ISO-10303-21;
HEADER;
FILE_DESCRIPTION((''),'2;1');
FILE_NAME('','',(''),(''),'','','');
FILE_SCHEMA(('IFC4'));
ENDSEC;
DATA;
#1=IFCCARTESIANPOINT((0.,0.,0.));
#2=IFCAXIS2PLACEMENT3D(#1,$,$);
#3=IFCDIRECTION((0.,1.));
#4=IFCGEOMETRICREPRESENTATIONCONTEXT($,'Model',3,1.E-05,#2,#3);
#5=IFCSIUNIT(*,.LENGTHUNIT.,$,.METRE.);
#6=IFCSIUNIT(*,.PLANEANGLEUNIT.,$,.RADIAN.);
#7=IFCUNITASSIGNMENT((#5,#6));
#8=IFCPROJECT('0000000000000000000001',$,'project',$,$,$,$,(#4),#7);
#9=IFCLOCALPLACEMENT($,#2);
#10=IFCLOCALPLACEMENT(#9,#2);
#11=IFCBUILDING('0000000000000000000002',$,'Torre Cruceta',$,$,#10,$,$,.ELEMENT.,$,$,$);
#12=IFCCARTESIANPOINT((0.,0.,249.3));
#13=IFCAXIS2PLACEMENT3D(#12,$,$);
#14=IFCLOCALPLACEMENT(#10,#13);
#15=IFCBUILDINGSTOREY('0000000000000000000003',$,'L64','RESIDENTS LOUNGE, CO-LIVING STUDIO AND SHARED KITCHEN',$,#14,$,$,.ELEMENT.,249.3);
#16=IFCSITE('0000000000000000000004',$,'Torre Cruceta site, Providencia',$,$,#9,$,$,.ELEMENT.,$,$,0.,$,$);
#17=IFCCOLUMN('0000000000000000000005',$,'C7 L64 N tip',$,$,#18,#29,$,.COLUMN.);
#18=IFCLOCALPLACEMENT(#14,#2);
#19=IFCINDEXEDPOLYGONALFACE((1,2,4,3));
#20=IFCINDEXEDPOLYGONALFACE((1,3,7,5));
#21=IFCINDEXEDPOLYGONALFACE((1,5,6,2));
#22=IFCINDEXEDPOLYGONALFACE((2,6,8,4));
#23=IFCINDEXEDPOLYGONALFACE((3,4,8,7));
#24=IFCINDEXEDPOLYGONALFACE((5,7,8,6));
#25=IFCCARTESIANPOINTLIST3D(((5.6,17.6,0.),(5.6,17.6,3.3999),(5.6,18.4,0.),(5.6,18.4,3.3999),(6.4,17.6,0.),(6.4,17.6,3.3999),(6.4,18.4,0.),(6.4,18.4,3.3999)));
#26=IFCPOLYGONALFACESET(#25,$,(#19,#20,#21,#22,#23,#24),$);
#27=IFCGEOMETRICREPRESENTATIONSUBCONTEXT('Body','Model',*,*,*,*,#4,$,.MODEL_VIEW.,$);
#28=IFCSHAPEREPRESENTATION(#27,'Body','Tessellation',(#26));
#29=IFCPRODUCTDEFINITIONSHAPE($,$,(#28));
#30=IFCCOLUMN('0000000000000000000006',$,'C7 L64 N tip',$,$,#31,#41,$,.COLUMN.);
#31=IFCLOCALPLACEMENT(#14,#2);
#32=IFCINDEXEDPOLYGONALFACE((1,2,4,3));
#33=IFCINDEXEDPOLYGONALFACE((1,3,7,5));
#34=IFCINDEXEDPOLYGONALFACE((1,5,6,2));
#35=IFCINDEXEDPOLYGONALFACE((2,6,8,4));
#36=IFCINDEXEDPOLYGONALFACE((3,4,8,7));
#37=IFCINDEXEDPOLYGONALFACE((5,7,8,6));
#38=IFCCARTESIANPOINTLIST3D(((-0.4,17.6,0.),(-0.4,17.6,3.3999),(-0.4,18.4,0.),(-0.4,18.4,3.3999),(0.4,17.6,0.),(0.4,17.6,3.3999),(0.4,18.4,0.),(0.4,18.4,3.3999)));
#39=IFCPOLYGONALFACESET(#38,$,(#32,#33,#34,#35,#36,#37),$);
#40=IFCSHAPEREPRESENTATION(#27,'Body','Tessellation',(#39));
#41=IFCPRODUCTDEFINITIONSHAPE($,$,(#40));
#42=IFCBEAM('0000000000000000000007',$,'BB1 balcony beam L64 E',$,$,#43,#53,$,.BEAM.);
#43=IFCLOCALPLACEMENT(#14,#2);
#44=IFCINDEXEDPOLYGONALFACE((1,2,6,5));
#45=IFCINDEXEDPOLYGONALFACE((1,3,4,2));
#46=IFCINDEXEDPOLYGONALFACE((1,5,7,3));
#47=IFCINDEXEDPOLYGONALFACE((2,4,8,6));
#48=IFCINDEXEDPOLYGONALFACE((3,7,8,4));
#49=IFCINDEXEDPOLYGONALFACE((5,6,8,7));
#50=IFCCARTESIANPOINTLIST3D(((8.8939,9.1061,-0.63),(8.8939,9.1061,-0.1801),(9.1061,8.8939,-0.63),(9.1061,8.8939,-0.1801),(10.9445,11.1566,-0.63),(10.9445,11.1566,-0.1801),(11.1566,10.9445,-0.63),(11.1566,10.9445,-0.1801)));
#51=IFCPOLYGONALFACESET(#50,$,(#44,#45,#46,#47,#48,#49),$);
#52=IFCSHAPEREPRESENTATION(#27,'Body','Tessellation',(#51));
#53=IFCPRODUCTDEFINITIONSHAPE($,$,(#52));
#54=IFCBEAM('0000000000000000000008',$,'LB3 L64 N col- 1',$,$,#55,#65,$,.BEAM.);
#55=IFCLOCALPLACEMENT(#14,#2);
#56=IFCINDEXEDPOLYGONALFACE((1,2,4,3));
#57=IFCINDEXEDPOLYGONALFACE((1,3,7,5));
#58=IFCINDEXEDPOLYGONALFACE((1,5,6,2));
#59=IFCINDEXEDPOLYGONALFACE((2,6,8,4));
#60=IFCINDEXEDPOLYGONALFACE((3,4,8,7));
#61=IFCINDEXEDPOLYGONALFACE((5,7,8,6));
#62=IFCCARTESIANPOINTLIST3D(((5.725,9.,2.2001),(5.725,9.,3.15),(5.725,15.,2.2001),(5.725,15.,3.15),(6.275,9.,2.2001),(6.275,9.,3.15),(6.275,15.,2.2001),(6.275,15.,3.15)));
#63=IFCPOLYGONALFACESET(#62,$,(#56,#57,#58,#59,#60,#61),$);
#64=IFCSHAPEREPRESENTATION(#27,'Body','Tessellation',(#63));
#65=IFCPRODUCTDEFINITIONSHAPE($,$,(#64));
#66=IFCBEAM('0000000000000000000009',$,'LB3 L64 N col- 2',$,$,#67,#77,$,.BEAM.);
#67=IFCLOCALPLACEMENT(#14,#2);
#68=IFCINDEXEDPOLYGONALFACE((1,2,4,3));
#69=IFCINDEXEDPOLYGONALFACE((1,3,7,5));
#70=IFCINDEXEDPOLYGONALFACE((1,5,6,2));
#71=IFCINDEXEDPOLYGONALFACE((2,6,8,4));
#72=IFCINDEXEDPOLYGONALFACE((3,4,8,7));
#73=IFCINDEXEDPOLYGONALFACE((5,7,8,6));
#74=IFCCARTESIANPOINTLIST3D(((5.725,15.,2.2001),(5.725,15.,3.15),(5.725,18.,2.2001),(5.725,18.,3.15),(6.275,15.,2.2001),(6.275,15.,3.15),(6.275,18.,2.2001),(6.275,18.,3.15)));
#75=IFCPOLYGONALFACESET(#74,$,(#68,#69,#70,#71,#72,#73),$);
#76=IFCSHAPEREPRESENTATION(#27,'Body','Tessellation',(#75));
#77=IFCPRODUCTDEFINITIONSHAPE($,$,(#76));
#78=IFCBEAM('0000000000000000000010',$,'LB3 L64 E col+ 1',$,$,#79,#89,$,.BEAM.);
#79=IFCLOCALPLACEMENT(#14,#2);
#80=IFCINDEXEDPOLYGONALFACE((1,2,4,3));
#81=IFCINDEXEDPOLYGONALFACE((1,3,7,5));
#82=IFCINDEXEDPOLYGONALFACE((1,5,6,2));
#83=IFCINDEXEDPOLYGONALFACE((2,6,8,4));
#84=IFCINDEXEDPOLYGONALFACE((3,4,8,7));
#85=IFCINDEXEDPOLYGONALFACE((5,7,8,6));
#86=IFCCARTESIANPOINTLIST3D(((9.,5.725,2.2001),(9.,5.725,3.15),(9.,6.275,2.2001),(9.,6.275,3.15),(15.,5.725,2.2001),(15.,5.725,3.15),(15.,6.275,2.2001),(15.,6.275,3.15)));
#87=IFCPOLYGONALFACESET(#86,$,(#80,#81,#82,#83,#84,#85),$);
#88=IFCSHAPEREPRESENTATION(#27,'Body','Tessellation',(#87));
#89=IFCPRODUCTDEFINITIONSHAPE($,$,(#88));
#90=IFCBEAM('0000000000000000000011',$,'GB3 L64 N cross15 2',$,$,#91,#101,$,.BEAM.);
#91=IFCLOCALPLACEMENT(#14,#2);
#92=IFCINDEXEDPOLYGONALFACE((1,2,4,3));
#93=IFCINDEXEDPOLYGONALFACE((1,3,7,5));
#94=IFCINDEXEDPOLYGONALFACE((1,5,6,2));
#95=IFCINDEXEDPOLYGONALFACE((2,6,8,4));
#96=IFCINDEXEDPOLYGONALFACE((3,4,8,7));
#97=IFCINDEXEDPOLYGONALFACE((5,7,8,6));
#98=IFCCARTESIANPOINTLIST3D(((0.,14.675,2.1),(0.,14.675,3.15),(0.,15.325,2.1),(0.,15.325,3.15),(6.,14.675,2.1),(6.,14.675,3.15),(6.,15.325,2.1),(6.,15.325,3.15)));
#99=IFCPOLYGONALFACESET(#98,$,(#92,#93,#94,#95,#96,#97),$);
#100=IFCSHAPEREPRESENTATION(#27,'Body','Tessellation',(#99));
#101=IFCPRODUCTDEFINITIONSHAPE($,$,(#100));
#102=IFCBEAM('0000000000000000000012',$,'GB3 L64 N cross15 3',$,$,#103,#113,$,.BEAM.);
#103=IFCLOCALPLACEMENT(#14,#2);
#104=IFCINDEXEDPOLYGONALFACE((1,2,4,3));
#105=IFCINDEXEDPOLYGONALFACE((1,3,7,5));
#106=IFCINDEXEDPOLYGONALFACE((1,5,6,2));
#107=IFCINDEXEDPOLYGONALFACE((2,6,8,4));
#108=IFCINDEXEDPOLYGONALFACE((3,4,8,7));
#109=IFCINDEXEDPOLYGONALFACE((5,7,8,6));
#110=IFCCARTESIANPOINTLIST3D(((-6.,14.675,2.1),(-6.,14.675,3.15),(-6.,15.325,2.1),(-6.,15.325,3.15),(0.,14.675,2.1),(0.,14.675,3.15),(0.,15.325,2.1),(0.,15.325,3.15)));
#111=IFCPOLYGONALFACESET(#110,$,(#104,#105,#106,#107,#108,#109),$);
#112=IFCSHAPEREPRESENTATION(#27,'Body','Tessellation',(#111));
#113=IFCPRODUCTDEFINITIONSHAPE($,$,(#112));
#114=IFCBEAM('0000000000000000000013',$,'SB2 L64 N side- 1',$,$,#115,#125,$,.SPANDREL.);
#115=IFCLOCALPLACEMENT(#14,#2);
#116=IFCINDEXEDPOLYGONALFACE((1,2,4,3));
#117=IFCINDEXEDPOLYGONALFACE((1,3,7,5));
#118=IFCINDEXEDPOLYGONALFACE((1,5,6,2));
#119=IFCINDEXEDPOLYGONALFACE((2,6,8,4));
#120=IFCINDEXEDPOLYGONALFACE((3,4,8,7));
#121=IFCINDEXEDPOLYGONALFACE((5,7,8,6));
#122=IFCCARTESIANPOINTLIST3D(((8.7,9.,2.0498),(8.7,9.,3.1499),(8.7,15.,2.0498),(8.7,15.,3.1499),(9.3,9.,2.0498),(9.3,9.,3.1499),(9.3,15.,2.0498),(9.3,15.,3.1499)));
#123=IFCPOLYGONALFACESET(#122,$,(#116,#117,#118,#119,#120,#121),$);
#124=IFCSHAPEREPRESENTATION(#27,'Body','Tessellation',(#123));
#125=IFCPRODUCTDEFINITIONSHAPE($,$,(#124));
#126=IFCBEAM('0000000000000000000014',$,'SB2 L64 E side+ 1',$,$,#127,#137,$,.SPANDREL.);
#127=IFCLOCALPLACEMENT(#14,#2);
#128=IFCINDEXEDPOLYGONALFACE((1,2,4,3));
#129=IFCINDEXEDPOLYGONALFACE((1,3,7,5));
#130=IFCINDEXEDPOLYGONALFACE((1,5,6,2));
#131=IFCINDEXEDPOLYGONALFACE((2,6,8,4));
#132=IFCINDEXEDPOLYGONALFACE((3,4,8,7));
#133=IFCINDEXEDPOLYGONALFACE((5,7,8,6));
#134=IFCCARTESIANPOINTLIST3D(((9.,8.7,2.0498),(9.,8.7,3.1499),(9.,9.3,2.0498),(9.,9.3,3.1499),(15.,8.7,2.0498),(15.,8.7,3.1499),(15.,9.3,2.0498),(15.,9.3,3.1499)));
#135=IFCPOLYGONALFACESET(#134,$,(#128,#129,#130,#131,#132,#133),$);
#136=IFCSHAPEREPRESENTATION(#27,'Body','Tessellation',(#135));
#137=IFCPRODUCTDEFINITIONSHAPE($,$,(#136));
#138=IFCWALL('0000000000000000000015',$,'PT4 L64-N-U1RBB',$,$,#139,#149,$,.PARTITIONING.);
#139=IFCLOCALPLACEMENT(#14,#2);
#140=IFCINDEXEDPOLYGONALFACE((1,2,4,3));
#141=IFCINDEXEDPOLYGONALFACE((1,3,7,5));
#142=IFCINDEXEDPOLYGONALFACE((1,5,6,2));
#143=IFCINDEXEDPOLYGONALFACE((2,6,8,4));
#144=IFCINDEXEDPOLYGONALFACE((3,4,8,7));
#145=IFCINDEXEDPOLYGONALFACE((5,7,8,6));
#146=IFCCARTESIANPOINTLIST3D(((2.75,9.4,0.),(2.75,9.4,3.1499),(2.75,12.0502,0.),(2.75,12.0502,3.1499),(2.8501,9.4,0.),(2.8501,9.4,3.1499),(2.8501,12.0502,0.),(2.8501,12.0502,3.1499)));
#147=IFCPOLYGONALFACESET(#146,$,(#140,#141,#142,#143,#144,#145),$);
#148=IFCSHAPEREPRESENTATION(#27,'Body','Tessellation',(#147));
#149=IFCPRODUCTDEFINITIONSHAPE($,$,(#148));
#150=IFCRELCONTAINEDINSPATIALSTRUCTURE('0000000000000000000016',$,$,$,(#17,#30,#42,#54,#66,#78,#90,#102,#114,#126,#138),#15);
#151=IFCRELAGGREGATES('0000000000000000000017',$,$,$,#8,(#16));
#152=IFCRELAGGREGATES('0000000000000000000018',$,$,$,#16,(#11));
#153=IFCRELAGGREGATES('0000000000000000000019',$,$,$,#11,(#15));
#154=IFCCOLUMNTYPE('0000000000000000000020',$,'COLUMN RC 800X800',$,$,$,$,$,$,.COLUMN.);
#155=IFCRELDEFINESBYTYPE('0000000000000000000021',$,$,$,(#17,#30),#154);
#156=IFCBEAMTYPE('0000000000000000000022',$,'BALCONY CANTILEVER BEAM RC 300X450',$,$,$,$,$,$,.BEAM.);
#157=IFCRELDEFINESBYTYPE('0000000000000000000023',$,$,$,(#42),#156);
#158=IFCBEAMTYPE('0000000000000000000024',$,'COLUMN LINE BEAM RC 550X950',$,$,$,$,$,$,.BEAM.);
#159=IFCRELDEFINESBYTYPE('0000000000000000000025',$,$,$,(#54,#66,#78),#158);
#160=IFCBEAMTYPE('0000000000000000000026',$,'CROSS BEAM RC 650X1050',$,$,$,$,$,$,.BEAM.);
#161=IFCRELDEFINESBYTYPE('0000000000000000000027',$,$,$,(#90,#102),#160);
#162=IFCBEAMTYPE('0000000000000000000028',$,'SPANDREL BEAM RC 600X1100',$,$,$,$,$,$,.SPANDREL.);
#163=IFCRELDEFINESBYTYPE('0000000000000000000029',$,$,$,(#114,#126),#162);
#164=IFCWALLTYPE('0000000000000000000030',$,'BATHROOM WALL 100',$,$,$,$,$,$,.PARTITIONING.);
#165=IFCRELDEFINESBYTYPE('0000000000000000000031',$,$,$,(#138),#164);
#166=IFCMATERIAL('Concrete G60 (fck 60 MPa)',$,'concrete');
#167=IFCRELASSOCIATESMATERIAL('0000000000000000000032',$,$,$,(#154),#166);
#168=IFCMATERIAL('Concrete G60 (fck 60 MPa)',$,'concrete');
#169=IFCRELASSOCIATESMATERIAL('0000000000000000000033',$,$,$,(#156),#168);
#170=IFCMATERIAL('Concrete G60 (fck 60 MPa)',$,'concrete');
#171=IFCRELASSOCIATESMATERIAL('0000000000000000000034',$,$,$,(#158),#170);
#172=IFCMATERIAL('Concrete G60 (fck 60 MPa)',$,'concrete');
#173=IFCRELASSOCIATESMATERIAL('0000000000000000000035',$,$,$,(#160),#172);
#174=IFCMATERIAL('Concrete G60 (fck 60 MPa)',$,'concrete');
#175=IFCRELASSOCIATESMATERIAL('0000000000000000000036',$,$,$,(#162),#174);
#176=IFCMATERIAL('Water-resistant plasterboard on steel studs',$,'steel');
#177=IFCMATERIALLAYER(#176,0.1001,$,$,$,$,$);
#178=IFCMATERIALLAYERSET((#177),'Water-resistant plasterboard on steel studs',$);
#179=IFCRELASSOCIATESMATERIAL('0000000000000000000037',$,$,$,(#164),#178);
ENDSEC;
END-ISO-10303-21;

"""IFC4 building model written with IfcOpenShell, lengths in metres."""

from ifc_helpers import new_model, si_unit, direction, frame, frame_2d, origin, origin_2d, place, context, subcontext, project, spatial, rectangle, extrude, material, layer, layer_set, material_profile, profile_set, type_object, element, save


model = new_model("IFC4")

# Units and contexts
model_context = context("Model", 3, precision=1e-05, world=origin(), true_north=direction((0.0, 1.0)))
body_context = subcontext(model_context, "Body", "Model", "MODEL_VIEW")
ifc_project = project(units=[si_unit("LENGTHUNIT", "METRE"), si_unit("PLANEANGLEUNIT", "RADIAN")], contexts=[model_context])

# Site, building, storey
site_placement = place(None, origin())
site = spatial("IfcSite", under=ifc_project, at=site_placement, Name="Torre Cruceta site, Providencia", CompositionType="ELEMENT", RefElevation=0.0)
building_placement = place(site_placement, origin())
building = spatial("IfcBuilding", under=site, at=building_placement, Name="Torre Cruceta", CompositionType="ELEMENT")
storey_placement = place(building_placement, frame((0.0, 0.0, 249.3)))
storey = spatial("IfcBuildingStorey", under=building, at=storey_placement, Name="L64", Description="RESIDENTS LOUNGE, CO-LIVING STUDIO AND SHARED KITCHEN", CompositionType="ELEMENT", Elevation=249.3)

# Columns
ifc_material_1 = material(Name="Concrete G60 (fck 60 MPa)", Category="concrete")
ifc_material_profile_1 = material_profile(ifc_material_1, rectangle(XDim=0.8, YDim=0.8, at=origin_2d()), Name="RC 800X800")
ifc_profile_set_1 = profile_set([ifc_material_profile_1], Name="Concrete G60 (fck 60 MPa)")
column_type = type_object("IfcColumnType", Name="COLUMN RC 800X800", PredefinedType="COLUMN", material=ifc_profile_set_1)
for number, where, z_axis, x_axis, name in (
    (1, (6.0, 18.0, 0.0), (0.0, 0.0, 1.0), (1.0, 0.0, 0.0), "C7 L64 N tip"),
    (2, (0.0, 18.0, 0.0), (0.0, 0.0, 1.0), (1.0, 0.0, 0.0), "C7 L64 N tip"),
):
    element("IfcColumn", number, at=place(storey_placement, frame(where, z_axis=z_axis, x_axis=x_axis)), inside=storey, type_object=column_type, Name=name, PredefinedType="COLUMN", context=body_context, shape_type="SweptSolid", body=[
        extrude(rectangle(XDim=0.8, YDim=0.8, at=origin_2d()), origin(), (0.0, 0.0, 1.0), 3.3999),
    ])

# Beams
ifc_material_2 = material(Name="Concrete G60 (fck 60 MPa)", Category="concrete")
ifc_material_profile_2 = material_profile(ifc_material_2, rectangle(XDim=0.3, YDim=0.45, at=origin_2d()), Name="RC 300X450")
ifc_profile_set_2 = profile_set([ifc_material_profile_2], Name="Concrete G60 (fck 60 MPa)")
beam_type_1 = type_object("IfcBeamType", Name="BALCONY CANTILEVER BEAM RC 300X450", PredefinedType="BEAM", material=ifc_profile_set_2)
beam_1_placement = place(storey_placement, frame((9.0, 9.0, -0.405), z_axis=(0.707107, 0.707107, 0.0), x_axis=(-0.707107, 0.707107, 0.0)))
element("IfcBeam", 3, at=beam_1_placement, inside=storey, type_object=beam_type_1, Name="BB1 balcony beam L64 E", PredefinedType="BEAM", context=body_context, shape_type="SweptSolid", body=[
    extrude(rectangle(XDim=0.3, YDim=0.45, at=origin_2d()), origin(), (0.0, 0.0, 1.0), 2.8999),
])
ifc_material_3 = material(Name="Concrete G60 (fck 60 MPa)", Category="concrete")
ifc_material_profile_3 = material_profile(ifc_material_3, rectangle(XDim=0.55, YDim=0.95, at=origin_2d()), Name="RC 550X950")
ifc_profile_set_3 = profile_set([ifc_material_profile_3], Name="Concrete G60 (fck 60 MPa)")
beam_type_2 = type_object("IfcBeamType", Name="COLUMN LINE BEAM RC 550X950", PredefinedType="BEAM", material=ifc_profile_set_3)
beam_2_placement = place(storey_placement, frame((6.0, 9.0, 2.675), z_axis=(0.0, 1.0, 0.0), x_axis=(-1.0, 0.0, 0.0)))
element("IfcBeam", 4, at=beam_2_placement, inside=storey, type_object=beam_type_2, Name="LB3 L64 N col- 1", PredefinedType="BEAM", context=body_context, shape_type="SweptSolid", body=[
    extrude(rectangle(XDim=0.55, YDim=0.95, at=origin_2d()), origin(), (0.0, 0.0, 1.0), 6.0),
])
beam_3_placement = place(storey_placement, frame((6.0, 15.0, 2.675), z_axis=(0.0, 1.0, 0.0), x_axis=(-1.0, 0.0, 0.0)))
element("IfcBeam", 5, at=beam_3_placement, inside=storey, type_object=beam_type_2, Name="LB3 L64 N col- 2", PredefinedType="BEAM", context=body_context, shape_type="SweptSolid", body=[
    extrude(rectangle(XDim=0.55, YDim=0.95, at=origin_2d()), origin(), (0.0, 0.0, 1.0), 3.0),
])
beam_4_placement = place(storey_placement, frame((9.0, 6.0, 2.675), z_axis=(1.0, 0.0, 0.0), x_axis=(0.0, 1.0, 0.0)))
element("IfcBeam", 6, at=beam_4_placement, inside=storey, type_object=beam_type_2, Name="LB3 L64 E col+ 1", PredefinedType="BEAM", context=body_context, shape_type="SweptSolid", body=[
    extrude(rectangle(XDim=0.55, YDim=0.95, at=origin_2d()), origin(), (0.0, 0.0, 1.0), 6.0),
])
ifc_material_4 = material(Name="Concrete G60 (fck 60 MPa)", Category="concrete")
ifc_material_profile_4 = material_profile(ifc_material_4, rectangle(XDim=0.6499, YDim=1.05, at=origin_2d()), Name="RC 650X1050")
ifc_profile_set_4 = profile_set([ifc_material_profile_4], Name="Concrete G60 (fck 60 MPa)")
beam_type_3 = type_object("IfcBeamType", Name="CROSS BEAM RC 650X1050", PredefinedType="BEAM", material=ifc_profile_set_4)
for number, where, z_axis, x_axis, name in (
    (7, (6.0, 15.0, 2.625), (-1.0, 0.0, 0.0), (0.0, -1.0, 0.0), "GB3 L64 N cross15 2"),
    (8, (0.0, 15.0, 2.625), (-1.0, 0.0, 0.0), (0.0, -1.0, 0.0), "GB3 L64 N cross15 3"),
):
    element("IfcBeam", number, at=place(storey_placement, frame(where, z_axis=z_axis, x_axis=x_axis)), inside=storey, type_object=beam_type_3, Name=name, PredefinedType="BEAM", context=body_context, shape_type="SweptSolid", body=[
        extrude(rectangle(XDim=0.6499, YDim=1.05, at=origin_2d()), origin(), (0.0, 0.0, 1.0), 6.0),
    ])
ifc_material_5 = material(Name="Concrete G60 (fck 60 MPa)", Category="concrete")
ifc_material_profile_5 = material_profile(ifc_material_5, rectangle(XDim=0.6001, YDim=1.1001, at=origin_2d()), Name="RC 600X1100")
ifc_profile_set_5 = profile_set([ifc_material_profile_5], Name="Concrete G60 (fck 60 MPa)")
beam_type_4 = type_object("IfcBeamType", Name="SPANDREL BEAM RC 600X1100", PredefinedType="SPANDREL", material=ifc_profile_set_5)
for number, where, z_axis, x_axis, name in (
    (9, (9.0, 9.0, 2.5999), (0.0, 1.0, 0.0), (-1.0, 0.0, 0.0), "SB2 L64 N side- 1"),
    (10, (9.0, 9.0, 2.5999), (1.0, 0.0, 0.0), (0.0, 1.0, 0.0), "SB2 L64 E side+ 1"),
):
    element("IfcBeam", number, at=place(storey_placement, frame(where, z_axis=z_axis, x_axis=x_axis)), inside=storey, type_object=beam_type_4, Name=name, PredefinedType="SPANDREL", context=body_context, shape_type="SweptSolid", body=[
        extrude(rectangle(XDim=0.6001, YDim=1.1001, at=origin_2d()), origin(), (0.0, 0.0, 1.0), 6.0),
    ])

# Wall
ifc_material_6 = material(Name="Water-resistant plasterboard on steel studs", Category="steel")
ifc_layer_1 = layer(ifc_material_6, 0.1001)
ifc_layer_set_1 = layer_set([ifc_layer_1], Name="Water-resistant plasterboard on steel studs")
wall_type_1 = type_object("IfcWallType", Name="BATHROOM WALL 100", PredefinedType="PARTITIONING", material=ifc_layer_set_1)
wall_1_placement = place(storey_placement, frame((2.8, 9.3999, 0.0), z_axis=(0.0, 0.0, 1.0), x_axis=(0.0, 1.0, 0.0)))
element("IfcWall", 11, at=wall_1_placement, inside=storey, type_object=wall_type_1, Name="PT4 L64-N-U1RBB", PredefinedType="PARTITIONING", context=body_context, shape_type="SweptSolid", body=[
    extrude(rectangle(XDim=2.6501, YDim=0.1001, at=frame_2d((1.3252, 0.0))), origin(), (0.0, 0.0, 1.0), 3.1499),
])

save(model, "model.ifc")
